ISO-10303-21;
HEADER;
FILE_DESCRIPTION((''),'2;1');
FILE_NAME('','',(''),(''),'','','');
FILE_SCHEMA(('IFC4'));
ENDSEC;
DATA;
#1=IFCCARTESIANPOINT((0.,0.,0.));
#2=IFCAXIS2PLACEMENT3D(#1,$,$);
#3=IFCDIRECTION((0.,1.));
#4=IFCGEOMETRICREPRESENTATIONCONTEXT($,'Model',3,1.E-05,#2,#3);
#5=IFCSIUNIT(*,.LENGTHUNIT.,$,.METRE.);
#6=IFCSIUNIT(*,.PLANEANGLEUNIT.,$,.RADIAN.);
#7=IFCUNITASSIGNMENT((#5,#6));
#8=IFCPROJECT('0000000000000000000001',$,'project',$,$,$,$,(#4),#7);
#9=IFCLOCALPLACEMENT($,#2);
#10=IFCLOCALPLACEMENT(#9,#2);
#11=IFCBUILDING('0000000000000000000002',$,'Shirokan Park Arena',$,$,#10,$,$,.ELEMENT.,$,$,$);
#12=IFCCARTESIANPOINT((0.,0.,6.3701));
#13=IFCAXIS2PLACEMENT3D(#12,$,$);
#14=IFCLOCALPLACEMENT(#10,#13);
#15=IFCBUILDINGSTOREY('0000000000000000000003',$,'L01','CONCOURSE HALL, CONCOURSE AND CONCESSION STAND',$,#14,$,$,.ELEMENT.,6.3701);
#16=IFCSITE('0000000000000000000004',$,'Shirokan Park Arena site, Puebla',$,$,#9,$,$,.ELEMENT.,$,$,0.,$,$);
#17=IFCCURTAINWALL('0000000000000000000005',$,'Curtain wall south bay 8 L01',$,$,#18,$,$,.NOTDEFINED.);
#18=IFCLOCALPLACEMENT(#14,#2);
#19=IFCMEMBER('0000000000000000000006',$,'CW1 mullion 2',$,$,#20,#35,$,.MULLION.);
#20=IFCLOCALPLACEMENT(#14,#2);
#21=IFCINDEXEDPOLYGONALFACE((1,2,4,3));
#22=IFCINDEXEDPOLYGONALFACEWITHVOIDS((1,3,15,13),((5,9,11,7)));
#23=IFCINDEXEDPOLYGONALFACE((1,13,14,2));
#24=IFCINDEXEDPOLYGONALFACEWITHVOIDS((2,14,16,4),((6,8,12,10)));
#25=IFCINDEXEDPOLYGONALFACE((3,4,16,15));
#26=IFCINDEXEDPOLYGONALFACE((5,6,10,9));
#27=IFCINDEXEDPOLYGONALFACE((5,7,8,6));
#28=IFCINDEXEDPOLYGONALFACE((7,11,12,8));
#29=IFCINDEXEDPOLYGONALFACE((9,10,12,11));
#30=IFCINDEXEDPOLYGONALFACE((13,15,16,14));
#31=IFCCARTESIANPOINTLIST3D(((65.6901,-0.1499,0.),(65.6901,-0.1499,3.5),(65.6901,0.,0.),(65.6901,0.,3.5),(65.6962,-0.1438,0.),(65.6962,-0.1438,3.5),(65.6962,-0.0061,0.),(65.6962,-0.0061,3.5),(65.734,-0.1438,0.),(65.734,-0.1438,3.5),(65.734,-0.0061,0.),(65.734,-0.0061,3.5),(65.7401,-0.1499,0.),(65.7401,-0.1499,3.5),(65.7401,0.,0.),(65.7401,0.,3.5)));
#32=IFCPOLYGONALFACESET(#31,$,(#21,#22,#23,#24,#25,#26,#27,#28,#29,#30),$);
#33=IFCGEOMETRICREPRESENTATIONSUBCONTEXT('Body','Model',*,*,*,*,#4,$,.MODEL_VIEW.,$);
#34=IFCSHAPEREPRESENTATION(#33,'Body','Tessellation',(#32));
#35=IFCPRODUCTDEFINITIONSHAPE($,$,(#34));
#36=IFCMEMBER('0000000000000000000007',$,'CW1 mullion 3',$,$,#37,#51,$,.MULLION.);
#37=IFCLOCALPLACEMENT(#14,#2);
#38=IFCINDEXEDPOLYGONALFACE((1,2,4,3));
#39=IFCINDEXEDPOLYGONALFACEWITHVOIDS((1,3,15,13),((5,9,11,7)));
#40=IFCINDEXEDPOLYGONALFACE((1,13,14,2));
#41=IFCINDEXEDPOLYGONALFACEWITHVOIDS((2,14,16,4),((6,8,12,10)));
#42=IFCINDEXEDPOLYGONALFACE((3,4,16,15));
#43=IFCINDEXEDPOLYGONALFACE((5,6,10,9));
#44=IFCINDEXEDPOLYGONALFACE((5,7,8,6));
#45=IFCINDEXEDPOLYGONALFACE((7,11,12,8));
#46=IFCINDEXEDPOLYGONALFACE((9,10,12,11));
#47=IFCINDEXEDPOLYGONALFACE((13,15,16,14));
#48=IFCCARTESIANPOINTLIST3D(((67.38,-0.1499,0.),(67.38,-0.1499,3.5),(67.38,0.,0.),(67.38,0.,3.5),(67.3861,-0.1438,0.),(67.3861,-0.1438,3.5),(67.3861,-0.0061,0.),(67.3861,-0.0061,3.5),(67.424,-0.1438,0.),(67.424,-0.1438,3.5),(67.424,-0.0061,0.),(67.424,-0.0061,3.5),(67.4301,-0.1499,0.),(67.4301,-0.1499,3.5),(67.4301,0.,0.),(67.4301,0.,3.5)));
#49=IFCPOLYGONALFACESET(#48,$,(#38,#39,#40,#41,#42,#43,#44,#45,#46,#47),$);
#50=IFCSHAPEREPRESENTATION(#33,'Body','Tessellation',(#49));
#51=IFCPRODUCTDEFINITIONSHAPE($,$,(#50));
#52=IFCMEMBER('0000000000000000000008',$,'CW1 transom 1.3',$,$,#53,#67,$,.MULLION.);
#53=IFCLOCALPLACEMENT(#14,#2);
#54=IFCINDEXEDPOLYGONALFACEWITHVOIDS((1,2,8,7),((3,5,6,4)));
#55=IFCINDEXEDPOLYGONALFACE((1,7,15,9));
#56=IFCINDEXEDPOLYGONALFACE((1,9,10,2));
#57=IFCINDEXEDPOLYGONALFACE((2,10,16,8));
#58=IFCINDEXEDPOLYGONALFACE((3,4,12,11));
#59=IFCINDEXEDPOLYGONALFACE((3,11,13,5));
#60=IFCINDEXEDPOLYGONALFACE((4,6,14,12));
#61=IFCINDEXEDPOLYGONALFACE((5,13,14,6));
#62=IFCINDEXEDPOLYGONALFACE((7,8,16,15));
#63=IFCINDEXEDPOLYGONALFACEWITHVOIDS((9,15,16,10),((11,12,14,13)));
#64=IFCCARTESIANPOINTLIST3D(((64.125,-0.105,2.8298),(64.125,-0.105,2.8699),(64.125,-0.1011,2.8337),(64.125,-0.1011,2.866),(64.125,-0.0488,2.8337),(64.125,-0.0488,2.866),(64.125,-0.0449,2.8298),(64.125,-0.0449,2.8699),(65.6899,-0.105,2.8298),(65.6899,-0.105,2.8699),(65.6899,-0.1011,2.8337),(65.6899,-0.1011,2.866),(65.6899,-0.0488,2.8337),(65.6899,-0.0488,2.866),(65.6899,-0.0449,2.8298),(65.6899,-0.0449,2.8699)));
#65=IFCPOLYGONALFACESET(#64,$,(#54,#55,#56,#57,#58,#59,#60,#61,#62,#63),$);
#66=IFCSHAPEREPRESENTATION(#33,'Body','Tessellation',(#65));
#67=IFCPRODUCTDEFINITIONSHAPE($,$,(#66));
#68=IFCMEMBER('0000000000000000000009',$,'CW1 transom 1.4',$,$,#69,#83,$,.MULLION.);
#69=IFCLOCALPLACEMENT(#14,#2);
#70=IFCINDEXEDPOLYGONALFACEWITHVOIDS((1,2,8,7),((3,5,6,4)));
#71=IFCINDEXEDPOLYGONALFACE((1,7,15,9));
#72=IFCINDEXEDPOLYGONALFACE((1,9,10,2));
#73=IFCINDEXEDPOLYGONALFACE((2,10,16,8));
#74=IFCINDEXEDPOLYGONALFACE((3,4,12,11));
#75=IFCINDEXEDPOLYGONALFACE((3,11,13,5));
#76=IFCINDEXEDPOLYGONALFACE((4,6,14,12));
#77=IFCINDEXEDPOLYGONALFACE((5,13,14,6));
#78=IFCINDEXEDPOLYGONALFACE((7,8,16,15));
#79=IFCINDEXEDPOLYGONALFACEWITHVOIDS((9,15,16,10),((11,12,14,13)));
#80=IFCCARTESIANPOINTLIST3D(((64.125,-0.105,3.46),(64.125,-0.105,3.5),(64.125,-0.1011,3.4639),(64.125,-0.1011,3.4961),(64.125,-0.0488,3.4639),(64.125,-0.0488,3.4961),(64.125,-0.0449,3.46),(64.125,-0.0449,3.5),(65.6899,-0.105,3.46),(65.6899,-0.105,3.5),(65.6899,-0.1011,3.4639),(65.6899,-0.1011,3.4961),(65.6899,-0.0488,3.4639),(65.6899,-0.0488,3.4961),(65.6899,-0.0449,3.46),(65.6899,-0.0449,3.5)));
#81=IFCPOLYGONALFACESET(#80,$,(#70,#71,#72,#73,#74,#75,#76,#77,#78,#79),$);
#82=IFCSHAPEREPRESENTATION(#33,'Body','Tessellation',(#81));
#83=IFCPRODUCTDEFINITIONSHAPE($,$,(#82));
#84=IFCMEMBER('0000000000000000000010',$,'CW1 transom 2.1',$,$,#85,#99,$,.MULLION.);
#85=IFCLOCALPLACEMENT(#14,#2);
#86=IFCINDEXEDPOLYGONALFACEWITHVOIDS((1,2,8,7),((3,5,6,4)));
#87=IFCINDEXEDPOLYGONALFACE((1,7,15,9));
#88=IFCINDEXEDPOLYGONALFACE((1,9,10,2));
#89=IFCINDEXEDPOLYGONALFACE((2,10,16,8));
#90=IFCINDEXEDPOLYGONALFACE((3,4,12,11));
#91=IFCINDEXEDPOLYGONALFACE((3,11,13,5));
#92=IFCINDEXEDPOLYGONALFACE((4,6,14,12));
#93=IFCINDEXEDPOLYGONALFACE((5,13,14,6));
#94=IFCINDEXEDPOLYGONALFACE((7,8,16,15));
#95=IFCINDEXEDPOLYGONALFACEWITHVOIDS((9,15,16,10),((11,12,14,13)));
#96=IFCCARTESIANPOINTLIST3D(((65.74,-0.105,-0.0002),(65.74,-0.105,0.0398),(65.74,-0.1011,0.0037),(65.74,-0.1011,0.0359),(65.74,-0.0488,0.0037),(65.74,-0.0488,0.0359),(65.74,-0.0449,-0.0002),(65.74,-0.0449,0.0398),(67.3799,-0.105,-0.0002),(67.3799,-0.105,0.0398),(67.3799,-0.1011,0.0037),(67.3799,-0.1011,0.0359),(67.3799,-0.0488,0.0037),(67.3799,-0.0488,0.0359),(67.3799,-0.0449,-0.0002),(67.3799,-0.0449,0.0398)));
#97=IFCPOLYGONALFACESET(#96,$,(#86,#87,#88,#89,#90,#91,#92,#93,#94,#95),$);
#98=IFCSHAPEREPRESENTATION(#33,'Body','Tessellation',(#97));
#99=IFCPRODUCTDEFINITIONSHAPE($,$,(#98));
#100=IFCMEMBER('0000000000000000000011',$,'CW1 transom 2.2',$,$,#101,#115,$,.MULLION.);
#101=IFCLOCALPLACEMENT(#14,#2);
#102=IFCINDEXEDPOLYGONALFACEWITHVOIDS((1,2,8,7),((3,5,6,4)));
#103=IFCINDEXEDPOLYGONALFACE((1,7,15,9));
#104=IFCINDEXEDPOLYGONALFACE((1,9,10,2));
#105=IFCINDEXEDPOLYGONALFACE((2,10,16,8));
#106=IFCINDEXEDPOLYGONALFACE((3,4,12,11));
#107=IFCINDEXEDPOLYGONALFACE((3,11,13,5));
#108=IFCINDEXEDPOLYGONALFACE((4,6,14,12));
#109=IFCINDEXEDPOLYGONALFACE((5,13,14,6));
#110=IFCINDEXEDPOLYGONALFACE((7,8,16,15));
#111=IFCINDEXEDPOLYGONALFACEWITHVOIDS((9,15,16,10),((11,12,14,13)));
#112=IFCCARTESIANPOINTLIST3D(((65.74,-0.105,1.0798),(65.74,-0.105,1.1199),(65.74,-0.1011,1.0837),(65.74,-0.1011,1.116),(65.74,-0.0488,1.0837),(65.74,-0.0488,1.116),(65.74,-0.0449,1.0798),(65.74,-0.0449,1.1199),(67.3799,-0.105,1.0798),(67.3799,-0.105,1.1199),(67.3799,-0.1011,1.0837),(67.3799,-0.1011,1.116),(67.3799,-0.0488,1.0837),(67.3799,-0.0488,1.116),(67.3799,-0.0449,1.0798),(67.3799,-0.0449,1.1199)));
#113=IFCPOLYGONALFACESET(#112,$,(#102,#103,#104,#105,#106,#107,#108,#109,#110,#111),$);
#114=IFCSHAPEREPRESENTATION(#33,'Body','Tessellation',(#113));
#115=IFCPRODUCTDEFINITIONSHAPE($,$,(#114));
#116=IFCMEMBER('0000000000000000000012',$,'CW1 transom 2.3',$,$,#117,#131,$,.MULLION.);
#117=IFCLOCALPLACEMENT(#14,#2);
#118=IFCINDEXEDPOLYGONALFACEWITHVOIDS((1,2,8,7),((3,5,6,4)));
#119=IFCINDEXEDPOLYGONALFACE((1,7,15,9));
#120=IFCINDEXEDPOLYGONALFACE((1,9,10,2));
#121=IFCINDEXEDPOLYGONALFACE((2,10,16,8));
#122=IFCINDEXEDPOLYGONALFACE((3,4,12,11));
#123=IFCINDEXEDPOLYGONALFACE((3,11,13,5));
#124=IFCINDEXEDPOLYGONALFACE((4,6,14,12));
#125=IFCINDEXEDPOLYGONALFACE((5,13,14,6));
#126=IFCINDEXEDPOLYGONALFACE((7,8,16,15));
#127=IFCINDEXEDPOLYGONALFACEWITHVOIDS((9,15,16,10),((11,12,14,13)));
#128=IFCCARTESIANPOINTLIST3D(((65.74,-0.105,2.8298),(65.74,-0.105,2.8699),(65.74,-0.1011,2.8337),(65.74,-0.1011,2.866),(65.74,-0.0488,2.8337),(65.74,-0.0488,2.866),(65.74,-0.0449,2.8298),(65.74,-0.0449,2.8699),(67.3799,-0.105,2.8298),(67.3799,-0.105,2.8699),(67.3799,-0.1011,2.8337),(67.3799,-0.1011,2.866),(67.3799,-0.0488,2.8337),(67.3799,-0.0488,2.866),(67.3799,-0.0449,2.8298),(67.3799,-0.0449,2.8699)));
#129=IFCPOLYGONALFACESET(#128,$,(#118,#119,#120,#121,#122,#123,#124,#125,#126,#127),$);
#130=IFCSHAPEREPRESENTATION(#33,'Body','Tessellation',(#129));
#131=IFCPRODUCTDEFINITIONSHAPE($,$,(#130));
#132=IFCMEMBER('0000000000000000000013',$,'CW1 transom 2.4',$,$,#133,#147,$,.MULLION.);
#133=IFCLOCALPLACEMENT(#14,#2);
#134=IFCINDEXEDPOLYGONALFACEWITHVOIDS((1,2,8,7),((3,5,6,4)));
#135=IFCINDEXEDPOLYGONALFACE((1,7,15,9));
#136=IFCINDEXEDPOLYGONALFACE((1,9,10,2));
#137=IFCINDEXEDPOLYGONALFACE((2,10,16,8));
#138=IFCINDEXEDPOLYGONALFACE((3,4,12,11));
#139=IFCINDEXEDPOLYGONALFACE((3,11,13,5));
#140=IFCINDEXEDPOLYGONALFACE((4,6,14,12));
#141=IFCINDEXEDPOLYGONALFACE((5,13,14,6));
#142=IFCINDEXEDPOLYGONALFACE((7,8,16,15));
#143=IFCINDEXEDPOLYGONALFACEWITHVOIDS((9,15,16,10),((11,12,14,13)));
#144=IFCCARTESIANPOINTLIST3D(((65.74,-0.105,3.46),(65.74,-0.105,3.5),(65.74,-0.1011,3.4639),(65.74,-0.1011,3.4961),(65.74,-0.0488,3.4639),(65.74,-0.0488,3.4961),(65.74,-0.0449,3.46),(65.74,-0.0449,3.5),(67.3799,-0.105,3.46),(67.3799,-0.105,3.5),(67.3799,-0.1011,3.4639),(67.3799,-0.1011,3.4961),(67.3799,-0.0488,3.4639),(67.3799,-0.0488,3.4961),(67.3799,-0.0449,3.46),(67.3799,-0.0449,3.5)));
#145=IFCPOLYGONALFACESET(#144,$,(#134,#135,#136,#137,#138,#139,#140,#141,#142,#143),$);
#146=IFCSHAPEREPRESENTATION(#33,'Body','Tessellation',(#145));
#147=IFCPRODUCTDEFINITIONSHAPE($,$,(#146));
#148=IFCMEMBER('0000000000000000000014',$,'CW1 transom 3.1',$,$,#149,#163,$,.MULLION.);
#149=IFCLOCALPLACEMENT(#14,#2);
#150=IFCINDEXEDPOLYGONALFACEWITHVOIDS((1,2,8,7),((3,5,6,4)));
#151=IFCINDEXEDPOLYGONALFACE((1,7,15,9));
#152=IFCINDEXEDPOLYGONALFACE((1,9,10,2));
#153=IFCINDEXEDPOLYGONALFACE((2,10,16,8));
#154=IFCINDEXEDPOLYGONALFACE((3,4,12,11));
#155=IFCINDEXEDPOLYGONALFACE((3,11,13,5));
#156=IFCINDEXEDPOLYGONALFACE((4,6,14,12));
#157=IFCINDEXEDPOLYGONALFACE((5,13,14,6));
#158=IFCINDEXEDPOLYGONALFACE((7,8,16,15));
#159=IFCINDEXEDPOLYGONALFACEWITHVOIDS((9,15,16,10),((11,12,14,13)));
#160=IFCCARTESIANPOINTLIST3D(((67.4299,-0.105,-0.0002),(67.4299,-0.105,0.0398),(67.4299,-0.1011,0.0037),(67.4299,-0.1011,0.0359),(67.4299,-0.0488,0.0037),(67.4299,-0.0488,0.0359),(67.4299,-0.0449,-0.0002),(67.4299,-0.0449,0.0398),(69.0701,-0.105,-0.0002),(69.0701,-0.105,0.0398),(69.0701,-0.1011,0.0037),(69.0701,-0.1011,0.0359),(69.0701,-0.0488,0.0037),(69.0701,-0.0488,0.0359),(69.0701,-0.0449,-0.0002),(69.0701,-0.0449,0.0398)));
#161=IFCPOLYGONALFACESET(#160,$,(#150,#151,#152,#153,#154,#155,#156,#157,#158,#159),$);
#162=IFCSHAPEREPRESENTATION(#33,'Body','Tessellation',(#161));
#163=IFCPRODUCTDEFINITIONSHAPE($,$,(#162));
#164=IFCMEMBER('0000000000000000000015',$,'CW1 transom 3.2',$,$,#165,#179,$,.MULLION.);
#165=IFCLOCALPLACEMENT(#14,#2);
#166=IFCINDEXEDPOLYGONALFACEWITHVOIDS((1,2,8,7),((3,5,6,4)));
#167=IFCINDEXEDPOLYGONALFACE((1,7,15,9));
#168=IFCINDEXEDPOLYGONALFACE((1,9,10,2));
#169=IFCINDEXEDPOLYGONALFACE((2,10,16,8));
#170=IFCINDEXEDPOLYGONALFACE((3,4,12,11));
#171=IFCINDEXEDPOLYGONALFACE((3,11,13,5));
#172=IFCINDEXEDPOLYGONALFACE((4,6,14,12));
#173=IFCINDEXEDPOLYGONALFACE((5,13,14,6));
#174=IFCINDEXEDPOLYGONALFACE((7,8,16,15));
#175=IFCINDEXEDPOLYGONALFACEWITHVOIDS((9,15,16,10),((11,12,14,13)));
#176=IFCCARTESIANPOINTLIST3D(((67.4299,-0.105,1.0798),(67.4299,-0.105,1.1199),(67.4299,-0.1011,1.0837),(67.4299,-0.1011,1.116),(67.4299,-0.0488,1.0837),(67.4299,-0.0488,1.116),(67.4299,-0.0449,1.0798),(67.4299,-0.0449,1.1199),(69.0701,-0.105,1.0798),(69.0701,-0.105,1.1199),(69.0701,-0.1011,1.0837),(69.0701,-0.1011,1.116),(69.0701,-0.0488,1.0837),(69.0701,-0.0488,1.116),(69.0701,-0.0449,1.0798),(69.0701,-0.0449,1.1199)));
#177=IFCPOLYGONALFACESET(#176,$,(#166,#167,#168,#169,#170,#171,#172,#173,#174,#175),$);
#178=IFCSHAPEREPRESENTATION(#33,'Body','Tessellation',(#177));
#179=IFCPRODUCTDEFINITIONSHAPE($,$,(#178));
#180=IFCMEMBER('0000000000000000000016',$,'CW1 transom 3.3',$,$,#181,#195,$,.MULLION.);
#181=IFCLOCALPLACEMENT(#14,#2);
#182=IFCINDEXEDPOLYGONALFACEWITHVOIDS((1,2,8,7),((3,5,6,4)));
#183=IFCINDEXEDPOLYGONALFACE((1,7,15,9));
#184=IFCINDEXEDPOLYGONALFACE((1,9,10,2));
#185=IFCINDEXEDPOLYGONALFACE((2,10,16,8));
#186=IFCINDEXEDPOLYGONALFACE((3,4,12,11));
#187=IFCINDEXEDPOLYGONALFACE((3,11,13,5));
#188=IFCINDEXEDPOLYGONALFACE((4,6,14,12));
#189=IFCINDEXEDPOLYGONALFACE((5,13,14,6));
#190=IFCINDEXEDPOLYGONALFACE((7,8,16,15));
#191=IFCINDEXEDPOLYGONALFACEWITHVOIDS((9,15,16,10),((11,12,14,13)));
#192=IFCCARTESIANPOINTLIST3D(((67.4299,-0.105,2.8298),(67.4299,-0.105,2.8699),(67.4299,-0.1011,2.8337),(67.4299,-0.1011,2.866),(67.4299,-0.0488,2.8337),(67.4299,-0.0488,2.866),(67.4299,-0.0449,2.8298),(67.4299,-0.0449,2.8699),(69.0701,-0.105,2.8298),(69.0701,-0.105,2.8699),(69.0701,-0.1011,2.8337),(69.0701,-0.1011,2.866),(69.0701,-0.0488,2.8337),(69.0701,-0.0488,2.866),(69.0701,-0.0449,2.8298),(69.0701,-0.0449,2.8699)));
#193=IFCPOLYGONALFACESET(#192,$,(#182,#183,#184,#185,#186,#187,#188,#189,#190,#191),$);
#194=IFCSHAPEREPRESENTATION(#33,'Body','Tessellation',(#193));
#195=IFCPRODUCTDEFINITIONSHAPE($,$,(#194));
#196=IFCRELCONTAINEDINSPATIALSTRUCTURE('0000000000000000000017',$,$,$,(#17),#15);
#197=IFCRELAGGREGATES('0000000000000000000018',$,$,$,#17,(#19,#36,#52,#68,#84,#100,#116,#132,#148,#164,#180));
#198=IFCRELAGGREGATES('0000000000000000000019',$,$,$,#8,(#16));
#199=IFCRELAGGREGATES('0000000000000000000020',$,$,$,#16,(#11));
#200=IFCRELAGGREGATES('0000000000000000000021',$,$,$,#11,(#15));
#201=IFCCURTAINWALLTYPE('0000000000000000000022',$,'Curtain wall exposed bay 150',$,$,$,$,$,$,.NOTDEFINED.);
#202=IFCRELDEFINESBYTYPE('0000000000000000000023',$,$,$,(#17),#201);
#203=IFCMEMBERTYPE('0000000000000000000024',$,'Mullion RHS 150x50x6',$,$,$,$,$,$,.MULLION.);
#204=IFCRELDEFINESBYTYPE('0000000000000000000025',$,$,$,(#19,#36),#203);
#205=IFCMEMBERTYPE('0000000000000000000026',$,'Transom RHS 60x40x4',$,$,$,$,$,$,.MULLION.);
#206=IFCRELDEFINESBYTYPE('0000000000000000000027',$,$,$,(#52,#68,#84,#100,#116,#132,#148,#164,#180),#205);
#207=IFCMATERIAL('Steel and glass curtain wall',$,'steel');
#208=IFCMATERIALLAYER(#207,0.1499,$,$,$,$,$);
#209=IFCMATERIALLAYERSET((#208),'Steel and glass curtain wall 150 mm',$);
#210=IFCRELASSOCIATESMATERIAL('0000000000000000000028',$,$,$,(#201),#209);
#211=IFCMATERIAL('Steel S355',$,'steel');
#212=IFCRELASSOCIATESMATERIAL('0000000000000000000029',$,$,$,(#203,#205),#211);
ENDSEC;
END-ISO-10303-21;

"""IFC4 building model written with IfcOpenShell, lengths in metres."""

from ifc_helpers import new_model, si_unit, direction, frame, origin, origin_2d, place, context, subcontext, project, spatial, hollow_rectangle, extrude, material, layer, layer_set, material_profile, profile_set, type_object, element, aggregate, save


model = new_model("IFC4")

# Units and contexts
model_context = context("Model", 3, precision=1e-05, world=origin(), true_north=direction((0.0, 1.0)))
body_context = subcontext(model_context, "Body", "Model", "MODEL_VIEW")
ifc_project = project(units=[si_unit("LENGTHUNIT", "METRE"), si_unit("PLANEANGLEUNIT", "RADIAN")], contexts=[model_context])

# Site, building, storey
site_placement = place(None, origin())
site = spatial("IfcSite", under=ifc_project, at=site_placement, Name="Shirokan Park Arena site, Puebla", CompositionType="ELEMENT", RefElevation=0.0)
building_placement = place(site_placement, origin())
building = spatial("IfcBuilding", under=site, at=building_placement, Name="Shirokan Park Arena", CompositionType="ELEMENT")
storey_placement = place(building_placement, frame((0.0, 0.0, 6.3701)))
storey = spatial("IfcBuildingStorey", under=building, at=storey_placement, Name="L01", Description="CONCOURSE HALL, CONCOURSE AND CONCESSION STAND", CompositionType="ELEMENT", Elevation=6.3701)

# Curtain wall, members
ifc_material_1 = material(Name="Steel and glass curtain wall", Category="steel")
ifc_layer_1 = layer(ifc_material_1, 0.1499)
ifc_layer_set_1 = layer_set([ifc_layer_1], Name="Steel and glass curtain wall 150 mm")
curtain_wall_type = type_object("IfcCurtainWallType", Name="Curtain wall exposed bay 150", PredefinedType="NOTDEFINED", material=ifc_layer_set_1)
curtain_wall_placement = place(storey_placement, origin())
curtain_wall = element("IfcCurtainWall", 1, at=curtain_wall_placement, inside=storey, type_object=curtain_wall_type, Name="Curtain wall south bay 8 L01", PredefinedType="NOTDEFINED")
ifc_material_2 = material(Name="Steel S355", Category="steel")
ifc_material_profile_1 = material_profile(ifc_material_2, hollow_rectangle(XDim=0.1499, YDim=0.05, WallThickness=0.0061, at=origin_2d()), Name="RHS 150x50x6")
ifc_profile_set_1 = profile_set([ifc_material_profile_1], Name="Steel S355")
member_type_1 = type_object("IfcMemberType", Name="Mullion RHS 150x50x6", PredefinedType="MULLION", material=ifc_profile_set_1)
member_1_placement = place(storey_placement, frame((65.7151, -0.075, 0.0), z_axis=(0.0, 0.0, 1.0), x_axis=(0.0, 1.0, 0.0)))
member_1 = element("IfcMember", 2, at=member_1_placement, type_object=member_type_1, Name="CW1 mullion 2", PredefinedType="MULLION", context=body_context, shape_type="SweptSolid", body=[
    extrude(hollow_rectangle(XDim=0.1499, YDim=0.05, WallThickness=0.0061, at=origin_2d()), origin(), (0.0, 0.0, 1.0), 3.5),
])
member_2_placement = place(storey_placement, frame((67.405, -0.075, 0.0), z_axis=(0.0, 0.0, 1.0), x_axis=(0.0, 1.0, 0.0)))
member_2 = element("IfcMember", 3, at=member_2_placement, type_object=member_type_1, Name="CW1 mullion 3", PredefinedType="MULLION", context=body_context, shape_type="SweptSolid", body=[
    extrude(hollow_rectangle(XDim=0.1499, YDim=0.05, WallThickness=0.0061, at=origin_2d()), origin(), (0.0, 0.0, 1.0), 3.5),
])
ifc_material_profile_2 = material_profile(ifc_material_2, hollow_rectangle(XDim=0.0601, YDim=0.04, WallThickness=0.0039, at=origin_2d()), Name="RHS 60x40x4")
ifc_profile_set_2 = profile_set([ifc_material_profile_2], Name="Steel S355")
member_type_2 = type_object("IfcMemberType", Name="Transom RHS 60x40x4", PredefinedType="MULLION", material=ifc_profile_set_2)
member_3_placement = place(storey_placement, frame((64.125, -0.075, 2.8499), z_axis=(1.0, 0.0, 0.0), x_axis=(0.0, 1.0, 0.0)))
member_3 = element("IfcMember", 4, at=member_3_placement, type_object=member_type_2, Name="CW1 transom 1.3", PredefinedType="MULLION", context=body_context, shape_type="SweptSolid", body=[
    extrude(hollow_rectangle(XDim=0.0601, YDim=0.04, WallThickness=0.0039, at=origin_2d()), origin(), (0.0, 0.0, 1.0), 1.5649),
])
member_4_placement = place(storey_placement, frame((64.125, -0.075, 3.48), z_axis=(1.0, 0.0, 0.0), x_axis=(0.0, 1.0, 0.0)))
member_4 = element("IfcMember", 5, at=member_4_placement, type_object=member_type_2, Name="CW1 transom 1.4", PredefinedType="MULLION", context=body_context, shape_type="SweptSolid", body=[
    extrude(hollow_rectangle(XDim=0.0601, YDim=0.04, WallThickness=0.0039, at=origin_2d()), origin(), (0.0, 0.0, 1.0), 1.5649),
])
member_5_placement = place(storey_placement, frame((65.74, -0.075, 0.0198), z_axis=(1.0, 0.0, 0.0), x_axis=(0.0, 1.0, 0.0)))
member_5 = element("IfcMember", 6, at=member_5_placement, type_object=member_type_2, Name="CW1 transom 2.1", PredefinedType="MULLION", context=body_context, shape_type="SweptSolid", body=[
    extrude(hollow_rectangle(XDim=0.0601, YDim=0.04, WallThickness=0.0039, at=origin_2d()), origin(), (0.0, 0.0, 1.0), 1.6399),
])
member_6_placement = place(storey_placement, frame((65.74, -0.075, 1.0999), z_axis=(1.0, 0.0, 0.0), x_axis=(0.0, 1.0, 0.0)))
member_6 = element("IfcMember", 7, at=member_6_placement, type_object=member_type_2, Name="CW1 transom 2.2", PredefinedType="MULLION", context=body_context, shape_type="SweptSolid", body=[
    extrude(hollow_rectangle(XDim=0.0601, YDim=0.04, WallThickness=0.0039, at=origin_2d()), origin(), (0.0, 0.0, 1.0), 1.6399),
])
member_7_placement = place(storey_placement, frame((65.74, -0.075, 2.8499), z_axis=(1.0, 0.0, 0.0), x_axis=(0.0, 1.0, 0.0)))
member_7 = element("IfcMember", 8, at=member_7_placement, type_object=member_type_2, Name="CW1 transom 2.3", PredefinedType="MULLION", context=body_context, shape_type="SweptSolid", body=[
    extrude(hollow_rectangle(XDim=0.0601, YDim=0.04, WallThickness=0.0039, at=origin_2d()), origin(), (0.0, 0.0, 1.0), 1.6399),
])
member_8_placement = place(storey_placement, frame((65.74, -0.075, 3.48), z_axis=(1.0, 0.0, 0.0), x_axis=(0.0, 1.0, 0.0)))
member_8 = element("IfcMember", 9, at=member_8_placement, type_object=member_type_2, Name="CW1 transom 2.4", PredefinedType="MULLION", context=body_context, shape_type="SweptSolid", body=[
    extrude(hollow_rectangle(XDim=0.0601, YDim=0.04, WallThickness=0.0039, at=origin_2d()), origin(), (0.0, 0.0, 1.0), 1.6399),
])
member_9_placement = place(storey_placement, frame((67.4299, -0.075, 0.0198), z_axis=(1.0, 0.0, 0.0), x_axis=(0.0, 1.0, 0.0)))
member_9 = element("IfcMember", 10, at=member_9_placement, type_object=member_type_2, Name="CW1 transom 3.1", PredefinedType="MULLION", context=body_context, shape_type="SweptSolid", body=[
    extrude(hollow_rectangle(XDim=0.0601, YDim=0.04, WallThickness=0.0039, at=origin_2d()), origin(), (0.0, 0.0, 1.0), 1.6401),
])
member_10_placement = place(storey_placement, frame((67.4299, -0.075, 1.0999), z_axis=(1.0, 0.0, 0.0), x_axis=(0.0, 1.0, 0.0)))
member_10 = element("IfcMember", 11, at=member_10_placement, type_object=member_type_2, Name="CW1 transom 3.2", PredefinedType="MULLION", context=body_context, shape_type="SweptSolid", body=[
    extrude(hollow_rectangle(XDim=0.0601, YDim=0.04, WallThickness=0.0039, at=origin_2d()), origin(), (0.0, 0.0, 1.0), 1.6401),
])
member_11_placement = place(storey_placement, frame((67.4299, -0.075, 2.8499), z_axis=(1.0, 0.0, 0.0), x_axis=(0.0, 1.0, 0.0)))
member_11 = element("IfcMember", 12, at=member_11_placement, type_object=member_type_2, Name="CW1 transom 3.3", PredefinedType="MULLION", context=body_context, shape_type="SweptSolid", body=[
    extrude(hollow_rectangle(XDim=0.0601, YDim=0.04, WallThickness=0.0039, at=origin_2d()), origin(), (0.0, 0.0, 1.0), 1.6401),
])
aggregate(curtain_wall, [member_1, member_2, member_3, member_4, member_5, member_6, member_7, member_8, member_9, member_10, member_11])

save(model, "model.ifc")
